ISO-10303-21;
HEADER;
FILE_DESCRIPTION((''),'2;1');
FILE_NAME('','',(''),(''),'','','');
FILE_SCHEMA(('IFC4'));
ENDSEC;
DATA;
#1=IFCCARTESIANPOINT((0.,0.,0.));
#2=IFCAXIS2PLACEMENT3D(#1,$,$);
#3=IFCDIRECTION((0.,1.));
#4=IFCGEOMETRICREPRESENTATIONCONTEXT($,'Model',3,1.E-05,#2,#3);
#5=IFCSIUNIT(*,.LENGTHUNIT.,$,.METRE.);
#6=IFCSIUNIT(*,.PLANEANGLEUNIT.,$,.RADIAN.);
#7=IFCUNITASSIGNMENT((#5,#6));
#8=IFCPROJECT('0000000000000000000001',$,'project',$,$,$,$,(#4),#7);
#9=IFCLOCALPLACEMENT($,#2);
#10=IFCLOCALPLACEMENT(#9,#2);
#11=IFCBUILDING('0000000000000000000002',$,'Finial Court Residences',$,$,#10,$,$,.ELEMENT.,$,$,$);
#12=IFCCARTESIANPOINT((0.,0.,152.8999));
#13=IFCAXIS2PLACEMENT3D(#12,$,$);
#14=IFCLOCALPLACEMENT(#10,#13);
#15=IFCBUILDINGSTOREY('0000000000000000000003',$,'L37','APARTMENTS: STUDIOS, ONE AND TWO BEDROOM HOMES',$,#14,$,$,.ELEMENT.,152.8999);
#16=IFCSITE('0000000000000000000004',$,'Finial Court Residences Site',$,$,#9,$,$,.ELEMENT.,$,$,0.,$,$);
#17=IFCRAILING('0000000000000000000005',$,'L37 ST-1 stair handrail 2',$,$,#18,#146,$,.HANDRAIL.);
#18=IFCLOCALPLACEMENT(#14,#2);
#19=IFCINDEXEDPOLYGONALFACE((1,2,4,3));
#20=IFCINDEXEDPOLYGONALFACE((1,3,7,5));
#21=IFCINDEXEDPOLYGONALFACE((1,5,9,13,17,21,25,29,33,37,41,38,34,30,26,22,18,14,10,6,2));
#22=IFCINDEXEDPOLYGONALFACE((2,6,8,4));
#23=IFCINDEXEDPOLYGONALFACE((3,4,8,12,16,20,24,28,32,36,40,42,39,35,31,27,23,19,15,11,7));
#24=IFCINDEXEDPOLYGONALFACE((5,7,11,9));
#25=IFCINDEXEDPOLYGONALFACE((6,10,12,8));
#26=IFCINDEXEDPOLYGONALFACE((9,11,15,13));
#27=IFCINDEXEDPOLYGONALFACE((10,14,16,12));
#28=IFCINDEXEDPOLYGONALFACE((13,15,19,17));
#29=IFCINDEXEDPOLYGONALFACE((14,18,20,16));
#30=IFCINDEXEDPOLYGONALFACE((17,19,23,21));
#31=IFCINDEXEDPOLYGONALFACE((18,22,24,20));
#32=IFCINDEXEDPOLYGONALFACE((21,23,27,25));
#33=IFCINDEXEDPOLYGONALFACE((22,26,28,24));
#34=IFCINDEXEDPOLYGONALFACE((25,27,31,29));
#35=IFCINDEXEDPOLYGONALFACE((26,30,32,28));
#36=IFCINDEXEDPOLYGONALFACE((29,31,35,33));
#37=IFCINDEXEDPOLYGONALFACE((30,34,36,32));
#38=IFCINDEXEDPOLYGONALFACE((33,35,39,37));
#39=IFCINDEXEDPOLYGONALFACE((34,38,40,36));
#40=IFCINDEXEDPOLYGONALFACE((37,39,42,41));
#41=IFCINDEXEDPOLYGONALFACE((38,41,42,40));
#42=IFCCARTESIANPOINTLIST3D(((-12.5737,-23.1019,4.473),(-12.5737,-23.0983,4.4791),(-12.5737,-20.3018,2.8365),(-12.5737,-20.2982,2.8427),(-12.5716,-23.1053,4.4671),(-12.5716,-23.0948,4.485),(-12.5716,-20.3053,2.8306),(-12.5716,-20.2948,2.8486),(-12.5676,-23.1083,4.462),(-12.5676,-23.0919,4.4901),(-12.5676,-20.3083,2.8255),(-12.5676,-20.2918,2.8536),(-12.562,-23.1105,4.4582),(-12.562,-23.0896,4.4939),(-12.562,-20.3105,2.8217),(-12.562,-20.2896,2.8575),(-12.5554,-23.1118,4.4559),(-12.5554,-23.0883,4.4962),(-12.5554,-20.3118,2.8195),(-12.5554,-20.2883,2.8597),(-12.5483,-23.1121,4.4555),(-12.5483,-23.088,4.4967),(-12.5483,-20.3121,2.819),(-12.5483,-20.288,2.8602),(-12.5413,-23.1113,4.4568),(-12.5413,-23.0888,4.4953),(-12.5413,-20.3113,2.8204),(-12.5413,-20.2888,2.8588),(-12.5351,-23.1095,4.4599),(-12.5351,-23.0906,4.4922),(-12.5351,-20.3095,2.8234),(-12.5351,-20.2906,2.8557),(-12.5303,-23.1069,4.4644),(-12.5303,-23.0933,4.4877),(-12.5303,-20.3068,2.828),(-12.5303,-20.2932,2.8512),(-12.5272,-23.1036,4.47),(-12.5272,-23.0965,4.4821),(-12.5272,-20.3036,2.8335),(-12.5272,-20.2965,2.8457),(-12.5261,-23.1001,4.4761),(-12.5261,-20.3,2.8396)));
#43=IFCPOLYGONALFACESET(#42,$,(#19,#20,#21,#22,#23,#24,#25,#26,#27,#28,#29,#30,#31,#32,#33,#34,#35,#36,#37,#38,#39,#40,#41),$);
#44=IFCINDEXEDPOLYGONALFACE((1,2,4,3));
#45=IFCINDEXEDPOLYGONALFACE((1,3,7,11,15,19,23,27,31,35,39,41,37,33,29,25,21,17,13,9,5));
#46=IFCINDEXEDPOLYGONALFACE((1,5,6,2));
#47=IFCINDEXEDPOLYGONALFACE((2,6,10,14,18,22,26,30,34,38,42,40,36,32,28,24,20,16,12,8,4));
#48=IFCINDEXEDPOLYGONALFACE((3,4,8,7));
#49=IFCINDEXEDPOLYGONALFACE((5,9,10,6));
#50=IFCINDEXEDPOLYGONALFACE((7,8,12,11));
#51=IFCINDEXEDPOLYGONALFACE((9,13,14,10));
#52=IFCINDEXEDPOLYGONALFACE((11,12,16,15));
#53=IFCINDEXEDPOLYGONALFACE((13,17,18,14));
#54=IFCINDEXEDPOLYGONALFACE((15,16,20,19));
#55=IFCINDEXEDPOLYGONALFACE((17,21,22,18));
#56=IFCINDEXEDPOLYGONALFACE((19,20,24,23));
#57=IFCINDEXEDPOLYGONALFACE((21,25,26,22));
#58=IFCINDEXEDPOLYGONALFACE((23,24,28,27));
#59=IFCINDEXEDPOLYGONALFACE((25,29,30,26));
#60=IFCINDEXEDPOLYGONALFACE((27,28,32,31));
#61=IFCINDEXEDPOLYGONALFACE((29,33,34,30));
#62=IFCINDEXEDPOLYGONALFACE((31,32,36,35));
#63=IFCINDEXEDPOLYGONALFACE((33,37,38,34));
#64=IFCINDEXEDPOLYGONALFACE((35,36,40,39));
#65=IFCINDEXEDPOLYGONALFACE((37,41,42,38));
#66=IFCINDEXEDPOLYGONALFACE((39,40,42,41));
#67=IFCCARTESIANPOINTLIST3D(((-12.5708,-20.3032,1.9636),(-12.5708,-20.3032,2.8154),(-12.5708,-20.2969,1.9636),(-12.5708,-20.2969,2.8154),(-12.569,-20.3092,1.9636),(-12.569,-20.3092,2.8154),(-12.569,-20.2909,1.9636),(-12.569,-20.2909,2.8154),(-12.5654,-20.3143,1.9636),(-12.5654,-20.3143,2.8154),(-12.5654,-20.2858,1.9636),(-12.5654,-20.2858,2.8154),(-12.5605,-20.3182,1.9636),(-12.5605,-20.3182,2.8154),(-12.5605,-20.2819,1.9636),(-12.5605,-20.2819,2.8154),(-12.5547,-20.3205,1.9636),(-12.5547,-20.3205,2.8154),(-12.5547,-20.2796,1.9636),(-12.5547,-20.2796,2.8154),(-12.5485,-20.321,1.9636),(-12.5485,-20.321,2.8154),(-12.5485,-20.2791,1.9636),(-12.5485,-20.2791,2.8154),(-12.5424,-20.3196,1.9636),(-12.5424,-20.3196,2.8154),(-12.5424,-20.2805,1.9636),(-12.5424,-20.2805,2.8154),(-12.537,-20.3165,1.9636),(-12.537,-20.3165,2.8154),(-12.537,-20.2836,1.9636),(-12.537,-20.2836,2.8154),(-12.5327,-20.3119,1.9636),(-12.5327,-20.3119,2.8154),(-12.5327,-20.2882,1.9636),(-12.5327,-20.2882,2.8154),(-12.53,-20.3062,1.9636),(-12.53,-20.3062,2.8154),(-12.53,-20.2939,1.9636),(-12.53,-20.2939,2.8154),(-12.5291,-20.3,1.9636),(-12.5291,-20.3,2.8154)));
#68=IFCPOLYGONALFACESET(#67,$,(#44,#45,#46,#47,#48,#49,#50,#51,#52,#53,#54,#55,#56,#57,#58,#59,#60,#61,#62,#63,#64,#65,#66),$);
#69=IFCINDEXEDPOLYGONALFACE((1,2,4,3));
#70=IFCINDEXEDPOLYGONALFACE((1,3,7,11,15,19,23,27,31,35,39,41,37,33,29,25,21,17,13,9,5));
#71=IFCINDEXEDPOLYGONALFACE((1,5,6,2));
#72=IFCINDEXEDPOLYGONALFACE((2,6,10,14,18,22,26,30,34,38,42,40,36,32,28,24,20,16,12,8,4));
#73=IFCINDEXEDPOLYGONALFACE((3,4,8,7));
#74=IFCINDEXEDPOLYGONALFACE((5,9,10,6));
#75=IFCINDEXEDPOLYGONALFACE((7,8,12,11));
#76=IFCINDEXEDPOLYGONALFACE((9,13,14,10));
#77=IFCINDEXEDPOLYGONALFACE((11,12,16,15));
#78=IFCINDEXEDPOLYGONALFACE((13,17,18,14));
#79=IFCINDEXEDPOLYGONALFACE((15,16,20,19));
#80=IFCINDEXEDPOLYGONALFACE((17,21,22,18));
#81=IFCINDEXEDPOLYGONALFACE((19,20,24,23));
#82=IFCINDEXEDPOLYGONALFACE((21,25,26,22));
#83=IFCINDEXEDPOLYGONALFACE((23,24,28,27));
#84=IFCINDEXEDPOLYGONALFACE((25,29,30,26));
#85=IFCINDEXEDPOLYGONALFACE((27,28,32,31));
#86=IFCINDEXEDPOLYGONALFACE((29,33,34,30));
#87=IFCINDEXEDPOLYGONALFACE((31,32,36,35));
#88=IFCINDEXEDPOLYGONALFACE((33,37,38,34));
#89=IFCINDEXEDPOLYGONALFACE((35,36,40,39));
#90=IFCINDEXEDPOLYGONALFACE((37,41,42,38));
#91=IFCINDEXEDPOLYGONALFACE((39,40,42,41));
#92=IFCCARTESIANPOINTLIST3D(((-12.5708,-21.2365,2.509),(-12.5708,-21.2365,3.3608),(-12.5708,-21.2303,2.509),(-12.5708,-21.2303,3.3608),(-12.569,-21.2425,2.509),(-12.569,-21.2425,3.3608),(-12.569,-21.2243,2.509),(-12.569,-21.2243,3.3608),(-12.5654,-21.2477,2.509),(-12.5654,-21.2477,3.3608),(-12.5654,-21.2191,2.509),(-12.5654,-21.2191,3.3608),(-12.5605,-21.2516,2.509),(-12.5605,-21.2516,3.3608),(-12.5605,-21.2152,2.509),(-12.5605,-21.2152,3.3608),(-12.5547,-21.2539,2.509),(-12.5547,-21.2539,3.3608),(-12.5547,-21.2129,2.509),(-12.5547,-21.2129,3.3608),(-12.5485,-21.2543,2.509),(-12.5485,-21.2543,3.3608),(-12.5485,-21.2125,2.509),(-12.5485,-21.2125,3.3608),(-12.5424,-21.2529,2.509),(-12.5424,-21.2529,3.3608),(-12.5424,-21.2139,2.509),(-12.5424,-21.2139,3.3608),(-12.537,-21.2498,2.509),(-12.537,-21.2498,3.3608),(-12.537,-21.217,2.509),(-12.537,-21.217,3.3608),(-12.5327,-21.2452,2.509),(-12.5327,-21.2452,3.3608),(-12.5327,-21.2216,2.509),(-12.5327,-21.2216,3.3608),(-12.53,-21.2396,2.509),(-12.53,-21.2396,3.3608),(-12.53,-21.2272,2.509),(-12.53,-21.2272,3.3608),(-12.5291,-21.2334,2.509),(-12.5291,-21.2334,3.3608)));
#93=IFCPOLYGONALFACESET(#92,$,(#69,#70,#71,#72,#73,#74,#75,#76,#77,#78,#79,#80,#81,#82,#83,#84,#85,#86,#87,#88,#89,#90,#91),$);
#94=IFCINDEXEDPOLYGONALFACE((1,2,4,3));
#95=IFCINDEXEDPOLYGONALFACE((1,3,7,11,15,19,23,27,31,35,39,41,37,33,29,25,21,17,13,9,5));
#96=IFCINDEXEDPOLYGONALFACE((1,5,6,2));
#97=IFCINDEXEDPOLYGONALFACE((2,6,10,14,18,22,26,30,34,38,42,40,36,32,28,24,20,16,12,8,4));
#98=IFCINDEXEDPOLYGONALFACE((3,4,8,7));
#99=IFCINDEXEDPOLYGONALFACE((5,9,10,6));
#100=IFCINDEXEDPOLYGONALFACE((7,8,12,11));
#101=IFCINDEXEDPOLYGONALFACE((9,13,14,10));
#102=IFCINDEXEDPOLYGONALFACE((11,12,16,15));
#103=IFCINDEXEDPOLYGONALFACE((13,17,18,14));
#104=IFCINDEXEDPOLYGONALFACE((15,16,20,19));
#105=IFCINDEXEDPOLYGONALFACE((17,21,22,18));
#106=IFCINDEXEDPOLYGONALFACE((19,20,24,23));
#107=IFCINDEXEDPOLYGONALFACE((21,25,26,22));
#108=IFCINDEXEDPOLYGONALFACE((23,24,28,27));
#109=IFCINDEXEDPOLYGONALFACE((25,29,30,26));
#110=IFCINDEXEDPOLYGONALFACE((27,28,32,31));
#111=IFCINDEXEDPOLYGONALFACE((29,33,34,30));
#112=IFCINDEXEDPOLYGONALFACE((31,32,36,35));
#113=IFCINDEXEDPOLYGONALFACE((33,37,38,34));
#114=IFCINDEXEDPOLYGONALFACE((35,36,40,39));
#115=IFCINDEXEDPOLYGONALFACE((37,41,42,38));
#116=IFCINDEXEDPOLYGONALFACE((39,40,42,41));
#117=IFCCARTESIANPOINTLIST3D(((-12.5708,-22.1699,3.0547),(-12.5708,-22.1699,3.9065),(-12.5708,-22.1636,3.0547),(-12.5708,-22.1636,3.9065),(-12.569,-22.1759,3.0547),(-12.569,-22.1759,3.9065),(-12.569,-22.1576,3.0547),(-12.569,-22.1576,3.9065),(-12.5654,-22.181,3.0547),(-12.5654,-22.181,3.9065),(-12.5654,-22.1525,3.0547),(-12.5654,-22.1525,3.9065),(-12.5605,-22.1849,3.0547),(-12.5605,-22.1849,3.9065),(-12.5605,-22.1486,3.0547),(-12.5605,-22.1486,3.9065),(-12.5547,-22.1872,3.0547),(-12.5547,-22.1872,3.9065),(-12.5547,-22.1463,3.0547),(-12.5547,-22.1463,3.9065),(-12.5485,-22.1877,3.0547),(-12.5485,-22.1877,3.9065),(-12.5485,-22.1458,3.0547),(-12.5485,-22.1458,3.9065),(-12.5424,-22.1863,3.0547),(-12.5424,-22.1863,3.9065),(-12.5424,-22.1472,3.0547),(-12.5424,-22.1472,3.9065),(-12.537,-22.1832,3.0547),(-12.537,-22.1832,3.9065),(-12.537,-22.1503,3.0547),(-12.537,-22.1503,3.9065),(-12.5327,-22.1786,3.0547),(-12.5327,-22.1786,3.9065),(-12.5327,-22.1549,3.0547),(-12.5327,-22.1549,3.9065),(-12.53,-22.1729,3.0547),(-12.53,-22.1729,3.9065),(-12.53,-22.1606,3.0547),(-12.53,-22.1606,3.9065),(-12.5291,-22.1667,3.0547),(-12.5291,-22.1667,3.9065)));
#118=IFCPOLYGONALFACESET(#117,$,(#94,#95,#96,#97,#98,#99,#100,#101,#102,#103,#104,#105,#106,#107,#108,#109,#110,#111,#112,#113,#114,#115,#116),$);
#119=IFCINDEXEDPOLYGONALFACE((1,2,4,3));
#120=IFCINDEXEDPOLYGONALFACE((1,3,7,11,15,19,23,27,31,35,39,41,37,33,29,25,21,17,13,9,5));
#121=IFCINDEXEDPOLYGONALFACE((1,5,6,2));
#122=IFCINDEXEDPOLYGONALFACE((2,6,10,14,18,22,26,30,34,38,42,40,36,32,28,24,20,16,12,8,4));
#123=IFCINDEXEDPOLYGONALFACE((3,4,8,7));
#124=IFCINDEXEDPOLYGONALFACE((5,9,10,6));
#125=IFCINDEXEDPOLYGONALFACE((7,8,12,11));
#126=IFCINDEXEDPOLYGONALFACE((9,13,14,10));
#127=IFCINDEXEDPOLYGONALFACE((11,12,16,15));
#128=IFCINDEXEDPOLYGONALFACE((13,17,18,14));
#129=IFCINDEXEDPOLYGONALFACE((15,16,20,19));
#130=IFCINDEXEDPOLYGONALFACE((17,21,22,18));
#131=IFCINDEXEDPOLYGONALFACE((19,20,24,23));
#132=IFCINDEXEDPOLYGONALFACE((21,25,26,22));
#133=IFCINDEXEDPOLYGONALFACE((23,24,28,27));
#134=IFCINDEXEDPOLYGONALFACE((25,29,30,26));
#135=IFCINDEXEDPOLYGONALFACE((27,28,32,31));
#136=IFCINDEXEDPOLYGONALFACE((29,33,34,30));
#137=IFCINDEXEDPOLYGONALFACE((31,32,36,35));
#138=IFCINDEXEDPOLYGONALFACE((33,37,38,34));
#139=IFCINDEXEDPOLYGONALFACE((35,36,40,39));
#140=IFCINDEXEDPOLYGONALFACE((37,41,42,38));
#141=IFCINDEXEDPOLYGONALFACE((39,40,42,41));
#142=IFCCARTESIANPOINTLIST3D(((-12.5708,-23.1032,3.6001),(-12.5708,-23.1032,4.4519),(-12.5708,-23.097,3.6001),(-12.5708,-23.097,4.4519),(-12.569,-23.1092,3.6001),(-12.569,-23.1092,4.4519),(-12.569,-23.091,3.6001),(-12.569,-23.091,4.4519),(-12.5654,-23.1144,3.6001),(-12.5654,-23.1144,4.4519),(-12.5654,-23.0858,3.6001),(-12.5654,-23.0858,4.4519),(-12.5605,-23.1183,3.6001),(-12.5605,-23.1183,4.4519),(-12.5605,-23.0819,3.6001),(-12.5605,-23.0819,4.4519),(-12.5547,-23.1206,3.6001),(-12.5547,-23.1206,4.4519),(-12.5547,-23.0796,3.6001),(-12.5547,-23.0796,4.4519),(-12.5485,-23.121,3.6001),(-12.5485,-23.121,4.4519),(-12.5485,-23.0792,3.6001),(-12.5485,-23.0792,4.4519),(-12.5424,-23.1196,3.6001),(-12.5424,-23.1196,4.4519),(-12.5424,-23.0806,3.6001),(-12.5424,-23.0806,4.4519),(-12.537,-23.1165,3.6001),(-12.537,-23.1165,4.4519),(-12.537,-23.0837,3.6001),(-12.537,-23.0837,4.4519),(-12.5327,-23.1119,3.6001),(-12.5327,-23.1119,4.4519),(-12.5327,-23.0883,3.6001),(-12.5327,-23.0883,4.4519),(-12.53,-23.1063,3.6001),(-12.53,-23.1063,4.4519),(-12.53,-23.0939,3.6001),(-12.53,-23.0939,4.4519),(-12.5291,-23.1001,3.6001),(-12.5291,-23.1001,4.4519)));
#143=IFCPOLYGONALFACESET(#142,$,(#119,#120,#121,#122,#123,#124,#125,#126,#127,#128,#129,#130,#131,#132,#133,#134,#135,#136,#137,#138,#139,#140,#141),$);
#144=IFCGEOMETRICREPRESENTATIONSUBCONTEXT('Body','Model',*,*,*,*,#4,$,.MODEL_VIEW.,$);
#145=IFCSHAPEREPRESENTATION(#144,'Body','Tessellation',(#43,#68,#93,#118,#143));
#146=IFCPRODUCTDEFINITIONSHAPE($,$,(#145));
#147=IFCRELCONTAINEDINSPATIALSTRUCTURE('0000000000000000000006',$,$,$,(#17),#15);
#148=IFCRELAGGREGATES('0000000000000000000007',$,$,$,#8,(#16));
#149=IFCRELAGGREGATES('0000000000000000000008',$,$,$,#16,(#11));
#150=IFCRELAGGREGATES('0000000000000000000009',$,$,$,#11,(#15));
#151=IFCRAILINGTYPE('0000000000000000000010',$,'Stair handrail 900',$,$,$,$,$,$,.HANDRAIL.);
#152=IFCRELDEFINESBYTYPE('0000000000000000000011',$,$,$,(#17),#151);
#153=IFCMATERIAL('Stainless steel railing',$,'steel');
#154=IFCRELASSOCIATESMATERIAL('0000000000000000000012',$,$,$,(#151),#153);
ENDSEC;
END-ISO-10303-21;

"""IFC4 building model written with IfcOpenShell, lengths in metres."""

from ifc_helpers import new_model, si_unit, direction, frame, origin, origin_2d, place, context, subcontext, project, spatial, circle, extrude, material, type_object, element, save


model = new_model("IFC4")

# Units and contexts
model_context = context("Model", 3, precision=1e-05, world=origin(), true_north=direction((0.0, 1.0)))
body_context = subcontext(model_context, "Body", "Model", "MODEL_VIEW")
ifc_project = project(units=[si_unit("LENGTHUNIT", "METRE"), si_unit("PLANEANGLEUNIT", "RADIAN")], contexts=[model_context])

# Site, building, storey
site_placement = place(None, origin())
site = spatial("IfcSite", under=ifc_project, at=site_placement, Name="Finial Court Residences Site", CompositionType="ELEMENT", RefElevation=0.0)
building_placement = place(site_placement, origin())
building = spatial("IfcBuilding", under=site, at=building_placement, Name="Finial Court Residences", CompositionType="ELEMENT")
storey_placement = place(building_placement, frame((0.0, 0.0, 152.8999)))
storey = spatial("IfcBuildingStorey", under=building, at=storey_placement, Name="L37", Description="APARTMENTS: STUDIOS, ONE AND TWO BEDROOM HOMES", CompositionType="ELEMENT", Elevation=152.8999)

# Railing
ifc_material_1 = material(Name="Stainless steel railing", Category="steel")
railing_type_1 = type_object("IfcRailingType", Name="Stair handrail 900", PredefinedType="HANDRAIL", material=ifc_material_1)
railing_1_placement = place(storey_placement, frame((-12.55, -20.3, 1.9636)))
element("IfcRailing", 1, at=railing_1_placement, inside=storey, type_object=railing_type_1, Name="L37 ST-1 stair handrail 2", PredefinedType="HANDRAIL", context=body_context, shape_type="SweptSolid", body=[
    extrude(circle(Radius=0.0239, at=origin_2d()), frame((0.0, 0.0, 0.876), z_axis=(0.0, -0.863361, 0.504587), x_axis=(1.0, 0.0, 0.0)), (0.0, 0.0, 1.0), 3.2432),
    extrude(circle(Radius=0.021, at=origin_2d()), origin(), (0.0, 0.0, 1.0), 0.8518),
    extrude(circle(Radius=0.021, at=origin_2d()), frame((0.0, -0.9333, 0.5454)), (0.0, 0.0, 1.0), 0.8518),
    extrude(circle(Radius=0.021, at=origin_2d()), frame((0.0, -1.8667, 1.0911)), (0.0, 0.0, 1.0), 0.8518),
    extrude(circle(Radius=0.021, at=origin_2d()), frame((0.0, -2.8, 1.6365)), (0.0, 0.0, 1.0), 0.8518),
])

save(model, "model.ifc")
